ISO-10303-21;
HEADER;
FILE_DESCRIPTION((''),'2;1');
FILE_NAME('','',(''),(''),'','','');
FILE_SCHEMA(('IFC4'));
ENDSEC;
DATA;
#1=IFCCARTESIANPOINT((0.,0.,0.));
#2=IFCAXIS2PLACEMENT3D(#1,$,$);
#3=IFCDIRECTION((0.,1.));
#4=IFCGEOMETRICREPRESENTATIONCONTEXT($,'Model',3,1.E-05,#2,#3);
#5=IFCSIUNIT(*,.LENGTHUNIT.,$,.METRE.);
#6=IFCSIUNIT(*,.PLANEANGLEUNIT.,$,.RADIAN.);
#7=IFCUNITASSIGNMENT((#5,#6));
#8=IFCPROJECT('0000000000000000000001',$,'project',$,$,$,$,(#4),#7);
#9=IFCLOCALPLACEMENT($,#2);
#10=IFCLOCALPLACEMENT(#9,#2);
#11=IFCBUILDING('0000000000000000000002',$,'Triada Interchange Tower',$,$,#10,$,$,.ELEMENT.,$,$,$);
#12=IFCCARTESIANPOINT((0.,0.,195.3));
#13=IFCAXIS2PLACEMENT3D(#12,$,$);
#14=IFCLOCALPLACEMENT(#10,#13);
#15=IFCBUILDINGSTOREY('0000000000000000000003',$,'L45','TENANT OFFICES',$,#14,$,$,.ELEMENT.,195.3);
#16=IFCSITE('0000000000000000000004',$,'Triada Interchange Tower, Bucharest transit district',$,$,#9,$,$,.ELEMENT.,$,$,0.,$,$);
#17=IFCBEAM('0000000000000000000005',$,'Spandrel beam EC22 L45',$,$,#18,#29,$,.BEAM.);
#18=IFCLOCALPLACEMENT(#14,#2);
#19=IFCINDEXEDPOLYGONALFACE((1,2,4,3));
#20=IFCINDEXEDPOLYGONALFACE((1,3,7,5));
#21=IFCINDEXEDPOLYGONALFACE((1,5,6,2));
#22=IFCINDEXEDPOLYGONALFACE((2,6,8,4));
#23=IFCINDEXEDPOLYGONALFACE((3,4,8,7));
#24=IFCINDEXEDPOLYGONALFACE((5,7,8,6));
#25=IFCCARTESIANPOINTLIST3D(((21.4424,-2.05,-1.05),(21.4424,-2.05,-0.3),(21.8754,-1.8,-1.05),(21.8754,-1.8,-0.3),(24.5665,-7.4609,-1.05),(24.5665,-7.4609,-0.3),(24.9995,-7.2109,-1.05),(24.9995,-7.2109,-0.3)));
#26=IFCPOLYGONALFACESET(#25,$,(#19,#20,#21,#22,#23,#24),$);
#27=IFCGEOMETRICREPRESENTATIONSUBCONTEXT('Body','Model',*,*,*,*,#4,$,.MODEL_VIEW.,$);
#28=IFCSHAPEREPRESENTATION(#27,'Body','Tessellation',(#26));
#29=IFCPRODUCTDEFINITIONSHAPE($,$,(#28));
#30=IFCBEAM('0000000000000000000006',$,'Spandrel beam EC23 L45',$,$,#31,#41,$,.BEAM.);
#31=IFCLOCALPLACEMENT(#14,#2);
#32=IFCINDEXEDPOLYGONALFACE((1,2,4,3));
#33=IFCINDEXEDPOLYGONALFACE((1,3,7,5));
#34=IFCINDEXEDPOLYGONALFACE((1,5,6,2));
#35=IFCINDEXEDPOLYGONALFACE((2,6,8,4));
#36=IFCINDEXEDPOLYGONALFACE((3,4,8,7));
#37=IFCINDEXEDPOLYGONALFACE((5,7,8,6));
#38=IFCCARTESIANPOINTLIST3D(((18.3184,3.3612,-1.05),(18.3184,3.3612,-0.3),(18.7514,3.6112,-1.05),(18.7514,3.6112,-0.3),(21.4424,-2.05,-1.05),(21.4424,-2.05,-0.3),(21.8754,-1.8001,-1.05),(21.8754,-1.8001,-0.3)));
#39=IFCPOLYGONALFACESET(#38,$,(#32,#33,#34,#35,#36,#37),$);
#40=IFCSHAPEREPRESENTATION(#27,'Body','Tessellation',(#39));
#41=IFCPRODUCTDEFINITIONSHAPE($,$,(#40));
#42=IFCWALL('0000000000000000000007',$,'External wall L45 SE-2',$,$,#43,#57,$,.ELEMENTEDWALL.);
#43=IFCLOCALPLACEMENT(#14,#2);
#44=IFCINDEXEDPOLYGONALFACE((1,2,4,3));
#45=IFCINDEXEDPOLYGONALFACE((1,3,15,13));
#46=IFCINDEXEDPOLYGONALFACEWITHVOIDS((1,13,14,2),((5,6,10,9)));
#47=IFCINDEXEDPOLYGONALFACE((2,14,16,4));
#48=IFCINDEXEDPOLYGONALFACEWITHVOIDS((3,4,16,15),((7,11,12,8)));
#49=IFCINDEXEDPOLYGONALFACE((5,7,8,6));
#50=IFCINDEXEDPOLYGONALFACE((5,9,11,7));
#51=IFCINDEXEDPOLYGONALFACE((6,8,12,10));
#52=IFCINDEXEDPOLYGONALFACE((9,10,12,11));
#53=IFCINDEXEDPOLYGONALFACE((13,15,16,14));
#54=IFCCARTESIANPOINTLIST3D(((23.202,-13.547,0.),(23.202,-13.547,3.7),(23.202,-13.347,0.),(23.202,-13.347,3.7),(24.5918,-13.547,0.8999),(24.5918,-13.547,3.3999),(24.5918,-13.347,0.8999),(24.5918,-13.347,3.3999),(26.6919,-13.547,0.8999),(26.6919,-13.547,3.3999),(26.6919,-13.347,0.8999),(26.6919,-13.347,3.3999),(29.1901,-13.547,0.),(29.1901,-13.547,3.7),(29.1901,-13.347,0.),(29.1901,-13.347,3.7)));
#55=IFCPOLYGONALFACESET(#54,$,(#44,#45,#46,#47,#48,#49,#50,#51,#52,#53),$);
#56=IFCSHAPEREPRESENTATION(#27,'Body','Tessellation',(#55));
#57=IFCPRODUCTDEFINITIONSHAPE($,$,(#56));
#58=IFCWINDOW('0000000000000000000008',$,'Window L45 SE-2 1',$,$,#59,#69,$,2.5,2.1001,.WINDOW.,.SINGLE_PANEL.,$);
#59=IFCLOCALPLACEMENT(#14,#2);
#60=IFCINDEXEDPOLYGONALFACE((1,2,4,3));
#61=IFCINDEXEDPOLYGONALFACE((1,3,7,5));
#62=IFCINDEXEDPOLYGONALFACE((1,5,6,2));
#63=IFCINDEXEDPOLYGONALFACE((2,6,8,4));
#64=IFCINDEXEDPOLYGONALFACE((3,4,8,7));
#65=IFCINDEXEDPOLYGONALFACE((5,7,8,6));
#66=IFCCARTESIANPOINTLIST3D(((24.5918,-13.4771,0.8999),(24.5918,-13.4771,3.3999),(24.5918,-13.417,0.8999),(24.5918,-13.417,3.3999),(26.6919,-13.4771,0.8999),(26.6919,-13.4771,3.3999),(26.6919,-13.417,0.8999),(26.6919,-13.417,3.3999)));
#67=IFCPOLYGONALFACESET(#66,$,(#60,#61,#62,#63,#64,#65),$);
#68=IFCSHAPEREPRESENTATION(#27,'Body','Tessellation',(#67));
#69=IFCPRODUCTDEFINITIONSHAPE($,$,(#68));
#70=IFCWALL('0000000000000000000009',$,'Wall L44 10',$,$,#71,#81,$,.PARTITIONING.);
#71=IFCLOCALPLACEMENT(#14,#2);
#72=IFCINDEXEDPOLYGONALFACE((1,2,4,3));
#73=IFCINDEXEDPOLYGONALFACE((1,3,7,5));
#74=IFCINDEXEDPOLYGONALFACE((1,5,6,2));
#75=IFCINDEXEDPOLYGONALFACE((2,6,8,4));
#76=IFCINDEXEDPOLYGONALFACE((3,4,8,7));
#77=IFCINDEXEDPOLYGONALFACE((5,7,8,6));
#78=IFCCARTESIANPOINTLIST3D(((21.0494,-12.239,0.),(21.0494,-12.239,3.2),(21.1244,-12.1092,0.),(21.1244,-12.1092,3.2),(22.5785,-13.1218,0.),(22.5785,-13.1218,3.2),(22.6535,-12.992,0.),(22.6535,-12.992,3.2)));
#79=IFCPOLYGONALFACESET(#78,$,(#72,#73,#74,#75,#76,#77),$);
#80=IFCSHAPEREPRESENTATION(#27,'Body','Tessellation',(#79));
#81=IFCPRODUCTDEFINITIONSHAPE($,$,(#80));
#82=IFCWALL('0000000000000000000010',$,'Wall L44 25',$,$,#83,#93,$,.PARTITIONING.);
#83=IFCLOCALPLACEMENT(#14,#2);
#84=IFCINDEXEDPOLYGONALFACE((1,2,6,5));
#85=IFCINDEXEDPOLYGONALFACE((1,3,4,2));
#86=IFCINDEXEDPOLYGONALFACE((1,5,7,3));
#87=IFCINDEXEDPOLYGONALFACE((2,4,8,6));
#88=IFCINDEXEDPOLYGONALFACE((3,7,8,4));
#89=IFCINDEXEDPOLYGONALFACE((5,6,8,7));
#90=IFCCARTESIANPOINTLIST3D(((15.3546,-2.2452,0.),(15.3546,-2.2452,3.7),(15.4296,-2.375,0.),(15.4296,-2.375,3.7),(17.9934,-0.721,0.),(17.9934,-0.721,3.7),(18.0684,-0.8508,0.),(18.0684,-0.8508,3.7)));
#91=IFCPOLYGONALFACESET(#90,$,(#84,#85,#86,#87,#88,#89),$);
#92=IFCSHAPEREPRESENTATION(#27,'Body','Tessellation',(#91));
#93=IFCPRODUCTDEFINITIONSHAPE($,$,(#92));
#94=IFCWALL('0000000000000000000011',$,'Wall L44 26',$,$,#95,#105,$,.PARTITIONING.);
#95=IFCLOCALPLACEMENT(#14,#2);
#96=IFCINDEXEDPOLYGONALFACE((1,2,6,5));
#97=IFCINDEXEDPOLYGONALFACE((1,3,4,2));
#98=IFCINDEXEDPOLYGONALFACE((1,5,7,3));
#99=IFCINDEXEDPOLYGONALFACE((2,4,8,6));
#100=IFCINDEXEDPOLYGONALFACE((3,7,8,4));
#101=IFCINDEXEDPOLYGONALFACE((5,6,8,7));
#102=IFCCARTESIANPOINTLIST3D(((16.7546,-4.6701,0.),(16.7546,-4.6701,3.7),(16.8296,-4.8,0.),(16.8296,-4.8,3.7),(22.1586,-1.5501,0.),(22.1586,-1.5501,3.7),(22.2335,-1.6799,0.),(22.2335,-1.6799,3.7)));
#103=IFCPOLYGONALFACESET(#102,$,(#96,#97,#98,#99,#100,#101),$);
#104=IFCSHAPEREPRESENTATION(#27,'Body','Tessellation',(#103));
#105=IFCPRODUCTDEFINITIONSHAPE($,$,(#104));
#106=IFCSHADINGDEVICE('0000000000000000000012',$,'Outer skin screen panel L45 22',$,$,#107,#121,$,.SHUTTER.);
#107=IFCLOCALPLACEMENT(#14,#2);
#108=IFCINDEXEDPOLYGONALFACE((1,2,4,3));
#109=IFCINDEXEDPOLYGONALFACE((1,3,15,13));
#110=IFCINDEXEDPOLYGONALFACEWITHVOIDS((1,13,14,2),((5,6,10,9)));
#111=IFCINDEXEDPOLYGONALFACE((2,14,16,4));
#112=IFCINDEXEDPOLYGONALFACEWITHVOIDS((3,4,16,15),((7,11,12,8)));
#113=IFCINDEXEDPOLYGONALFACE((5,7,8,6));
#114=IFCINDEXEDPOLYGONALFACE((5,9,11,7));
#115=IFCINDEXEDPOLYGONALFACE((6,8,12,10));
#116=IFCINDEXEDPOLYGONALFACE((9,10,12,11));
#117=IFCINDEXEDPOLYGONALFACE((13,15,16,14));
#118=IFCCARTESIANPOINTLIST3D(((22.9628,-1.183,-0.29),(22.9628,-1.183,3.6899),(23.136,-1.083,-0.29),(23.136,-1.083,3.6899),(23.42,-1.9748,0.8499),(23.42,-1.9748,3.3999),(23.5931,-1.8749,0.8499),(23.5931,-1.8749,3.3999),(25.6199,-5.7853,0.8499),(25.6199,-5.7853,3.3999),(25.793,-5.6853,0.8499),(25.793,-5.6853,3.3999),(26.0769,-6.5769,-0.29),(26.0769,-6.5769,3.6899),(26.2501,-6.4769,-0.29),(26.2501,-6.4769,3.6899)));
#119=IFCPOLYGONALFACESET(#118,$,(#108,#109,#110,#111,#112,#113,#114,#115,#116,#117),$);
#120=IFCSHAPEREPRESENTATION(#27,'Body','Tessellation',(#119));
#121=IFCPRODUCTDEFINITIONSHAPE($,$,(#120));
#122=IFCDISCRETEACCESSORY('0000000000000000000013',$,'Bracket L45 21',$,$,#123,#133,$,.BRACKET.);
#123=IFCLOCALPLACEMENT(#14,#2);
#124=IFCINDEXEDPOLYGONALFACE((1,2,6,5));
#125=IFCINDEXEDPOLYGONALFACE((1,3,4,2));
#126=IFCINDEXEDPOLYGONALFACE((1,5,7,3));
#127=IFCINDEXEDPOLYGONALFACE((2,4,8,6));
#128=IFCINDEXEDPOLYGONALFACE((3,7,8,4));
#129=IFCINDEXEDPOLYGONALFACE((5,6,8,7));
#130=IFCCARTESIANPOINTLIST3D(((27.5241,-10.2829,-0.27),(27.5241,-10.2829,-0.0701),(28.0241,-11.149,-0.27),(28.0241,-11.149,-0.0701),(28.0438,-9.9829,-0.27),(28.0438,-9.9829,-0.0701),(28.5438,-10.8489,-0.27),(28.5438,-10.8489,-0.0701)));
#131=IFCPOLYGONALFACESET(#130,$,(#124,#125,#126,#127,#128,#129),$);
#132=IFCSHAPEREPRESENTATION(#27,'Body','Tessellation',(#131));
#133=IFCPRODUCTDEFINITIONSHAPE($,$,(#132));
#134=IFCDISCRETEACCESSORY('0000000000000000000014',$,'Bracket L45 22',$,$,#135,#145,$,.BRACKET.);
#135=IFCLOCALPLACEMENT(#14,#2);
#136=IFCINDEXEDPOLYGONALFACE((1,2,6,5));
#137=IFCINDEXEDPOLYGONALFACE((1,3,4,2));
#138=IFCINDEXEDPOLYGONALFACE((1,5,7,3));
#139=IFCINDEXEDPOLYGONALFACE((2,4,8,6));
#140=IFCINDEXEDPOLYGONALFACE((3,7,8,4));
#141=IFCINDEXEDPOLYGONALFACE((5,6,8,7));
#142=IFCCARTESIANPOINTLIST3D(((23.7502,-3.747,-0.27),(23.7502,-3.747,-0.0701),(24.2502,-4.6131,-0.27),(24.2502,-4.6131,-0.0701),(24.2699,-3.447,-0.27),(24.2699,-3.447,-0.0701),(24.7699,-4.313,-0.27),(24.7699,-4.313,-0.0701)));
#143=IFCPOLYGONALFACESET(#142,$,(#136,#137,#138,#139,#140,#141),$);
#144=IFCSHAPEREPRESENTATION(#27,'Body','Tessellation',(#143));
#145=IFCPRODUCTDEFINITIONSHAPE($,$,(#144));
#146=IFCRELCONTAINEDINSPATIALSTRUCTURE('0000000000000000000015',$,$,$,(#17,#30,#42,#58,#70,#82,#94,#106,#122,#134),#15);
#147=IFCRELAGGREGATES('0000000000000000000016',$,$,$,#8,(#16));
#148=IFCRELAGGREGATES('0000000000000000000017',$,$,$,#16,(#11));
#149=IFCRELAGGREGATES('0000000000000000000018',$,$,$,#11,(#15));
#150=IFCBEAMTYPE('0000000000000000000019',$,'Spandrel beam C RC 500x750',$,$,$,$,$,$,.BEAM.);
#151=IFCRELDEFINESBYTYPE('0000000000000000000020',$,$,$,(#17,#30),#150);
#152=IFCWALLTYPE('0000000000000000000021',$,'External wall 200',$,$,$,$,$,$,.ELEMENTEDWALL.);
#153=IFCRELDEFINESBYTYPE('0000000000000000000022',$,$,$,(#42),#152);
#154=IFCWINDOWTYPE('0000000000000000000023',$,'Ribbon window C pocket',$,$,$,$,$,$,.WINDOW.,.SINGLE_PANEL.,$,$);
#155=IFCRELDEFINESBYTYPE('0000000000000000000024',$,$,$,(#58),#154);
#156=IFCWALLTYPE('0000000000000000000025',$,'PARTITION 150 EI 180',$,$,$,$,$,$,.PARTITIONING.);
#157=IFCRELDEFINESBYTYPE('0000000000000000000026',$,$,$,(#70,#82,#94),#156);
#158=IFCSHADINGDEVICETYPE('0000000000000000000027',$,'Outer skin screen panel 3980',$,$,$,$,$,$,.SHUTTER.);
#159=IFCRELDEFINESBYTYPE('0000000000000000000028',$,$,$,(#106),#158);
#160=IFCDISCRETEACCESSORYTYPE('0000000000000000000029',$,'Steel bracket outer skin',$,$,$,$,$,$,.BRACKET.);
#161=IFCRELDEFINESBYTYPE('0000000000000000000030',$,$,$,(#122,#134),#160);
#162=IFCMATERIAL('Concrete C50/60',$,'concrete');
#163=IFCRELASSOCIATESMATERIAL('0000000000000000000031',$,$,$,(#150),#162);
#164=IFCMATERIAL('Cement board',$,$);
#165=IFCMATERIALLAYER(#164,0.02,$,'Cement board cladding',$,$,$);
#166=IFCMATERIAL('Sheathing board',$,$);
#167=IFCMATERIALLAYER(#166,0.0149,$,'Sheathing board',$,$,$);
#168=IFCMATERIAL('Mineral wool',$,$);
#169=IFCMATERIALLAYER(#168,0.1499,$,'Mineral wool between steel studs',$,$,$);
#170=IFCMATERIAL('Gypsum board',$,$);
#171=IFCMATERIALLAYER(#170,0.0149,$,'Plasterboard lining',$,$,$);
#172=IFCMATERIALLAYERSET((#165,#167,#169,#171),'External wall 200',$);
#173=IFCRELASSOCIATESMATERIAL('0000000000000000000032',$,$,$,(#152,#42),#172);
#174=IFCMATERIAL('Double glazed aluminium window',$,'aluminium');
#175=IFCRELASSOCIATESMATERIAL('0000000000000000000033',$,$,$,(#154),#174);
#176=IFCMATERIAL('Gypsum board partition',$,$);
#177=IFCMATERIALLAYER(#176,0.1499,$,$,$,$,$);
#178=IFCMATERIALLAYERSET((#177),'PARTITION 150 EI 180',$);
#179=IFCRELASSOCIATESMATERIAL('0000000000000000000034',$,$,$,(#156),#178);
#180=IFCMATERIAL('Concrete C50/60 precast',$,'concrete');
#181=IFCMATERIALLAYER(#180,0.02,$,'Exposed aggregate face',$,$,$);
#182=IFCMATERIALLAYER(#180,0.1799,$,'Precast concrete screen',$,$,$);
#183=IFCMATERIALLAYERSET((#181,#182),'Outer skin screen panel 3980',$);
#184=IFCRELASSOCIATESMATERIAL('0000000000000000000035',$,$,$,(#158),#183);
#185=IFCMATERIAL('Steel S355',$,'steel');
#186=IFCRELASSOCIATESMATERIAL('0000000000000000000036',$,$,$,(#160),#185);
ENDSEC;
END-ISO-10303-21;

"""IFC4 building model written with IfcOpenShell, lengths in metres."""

from ifc_helpers import new_model, si_unit, direction, frame, frame_2d, origin, origin_2d, place, context, subcontext, project, spatial, polyline, rectangle, outline, extrude, material, layer, layer_set, layer_usage, material_profile, profile_set, type_object, element, fill, save


model = new_model("IFC4")

# Units and contexts
model_context = context("Model", 3, precision=1e-05, world=origin(), true_north=direction((0.0, 1.0)))
body_context = subcontext(model_context, "Body", "Model", "MODEL_VIEW")
ifc_project = project(units=[si_unit("LENGTHUNIT", "METRE"), si_unit("PLANEANGLEUNIT", "RADIAN")], contexts=[model_context])

# Site, building, storey
site_placement = place(None, origin())
site = spatial("IfcSite", under=ifc_project, at=site_placement, Name="Triada Interchange Tower, Bucharest transit district", CompositionType="ELEMENT", RefElevation=0.0)
building_placement = place(site_placement, origin())
building = spatial("IfcBuilding", under=site, at=building_placement, Name="Triada Interchange Tower", CompositionType="ELEMENT")
storey_placement = place(building_placement, frame((0.0, 0.0, 195.3)))
storey = spatial("IfcBuildingStorey", under=building, at=storey_placement, Name="L45", Description="TENANT OFFICES", CompositionType="ELEMENT", Elevation=195.3)

# Shared definitions
ifc_material_1 = material(Name="Concrete C50/60", Category="concrete")

# Beams
ifc_material_profile_1 = material_profile(ifc_material_1, rectangle(XDim=0.5, YDim=0.75, at=origin_2d()), Name="RC 500x750")
ifc_profile_set_1 = profile_set([ifc_material_profile_1], Name="Concrete C50/60")
beam_type_1 = type_object("IfcBeamType", Name="Spandrel beam C RC 500x750", PredefinedType="BEAM", material=ifc_profile_set_1)
beam_1_placement = place(storey_placement, frame((24.783, -7.3359, -0.675), z_axis=(-0.500005, 0.866022, 0.0), x_axis=(-0.866022, -0.500005, 0.0)))
element("IfcBeam", 1, at=beam_1_placement, inside=storey, type_object=beam_type_1, Name="Spandrel beam EC22 L45", PredefinedType="BEAM", context=body_context, shape_type="SweptSolid", body=[
    extrude(rectangle(XDim=0.5, YDim=0.75, at=origin_2d()), origin(), (0.0, 0.0, 1.0), 6.248),
])
beam_2_placement = place(storey_placement, frame((21.6589, -1.925, -0.675), z_axis=(-0.499989, 0.866032, 0.0), x_axis=(-0.866032, -0.499989, 0.0)))
element("IfcBeam", 2, at=beam_2_placement, inside=storey, type_object=beam_type_1, Name="Spandrel beam EC23 L45", PredefinedType="BEAM", context=body_context, shape_type="SweptSolid", body=[
    extrude(rectangle(XDim=0.5, YDim=0.75, at=origin_2d()), origin(), (0.0, 0.0, 1.0), 6.2483),
])

# Wall, opening, window
ifc_material_2 = material(Name="Cement board")
ifc_layer_1 = layer(ifc_material_2, 0.02, Name="Cement board cladding")
ifc_material_3 = material(Name="Sheathing board")
ifc_layer_2 = layer(ifc_material_3, 0.0149, Name="Sheathing board")
ifc_material_4 = material(Name="Mineral wool")
ifc_layer_3 = layer(ifc_material_4, 0.1499, Name="Mineral wool between steel studs")
ifc_material_5 = material(Name="Gypsum board")
ifc_layer_4 = layer(ifc_material_5, 0.0149, Name="Plasterboard lining")
ifc_layer_set_1 = layer_set([ifc_layer_1, ifc_layer_2, ifc_layer_3, ifc_layer_4], Name="External wall 200")
ifc_layer_usage = layer_usage(ifc_layer_set_1, "AXIS2", "POSITIVE", -0.1001)
wall_type_1 = type_object("IfcWallType", Name="External wall 200", PredefinedType="ELEMENTEDWALL", material=ifc_layer_set_1)
wall_1_placement = place(storey_placement, frame((23.2019, -13.447, 0.0), z_axis=(0.0, 0.0, 1.0), x_axis=(1.0, 0.0, 0.0)))
wall_1 = element("IfcWall", 3, at=wall_1_placement, inside=storey, type_object=wall_type_1, material=ifc_layer_usage, Name="External wall L45 SE-2", PredefinedType="ELEMENTEDWALL", context=body_context, shape_type="SweptSolid", body=[
    extrude(rectangle(XDim=5.988, YDim=0.2, at=frame_2d((2.9941, 0.0))), origin(), (0.0, 0.0, 1.0), 3.7),
])
opening_placement = place(wall_1_placement, frame((1.3899, 0.0, 0.8999)))
opening = element("IfcOpeningElement", 4, at=opening_placement, cuts=wall_1, PredefinedType="OPENING", context=body_context, shape_type="SweptSolid", body=[
    extrude(rectangle(XDim=2.1001, YDim=2.5, at=frame_2d((1.05, 1.25))), frame((0.0, 0.1099, 0.0), z_axis=(0.0, -1.0, 0.0), x_axis=(1.0, 0.0, 0.0)), (0.0, 0.0, 1.0), 0.22),
])
ifc_material_6 = material(Name="Double glazed aluminium window", Category="aluminium")
window_type = type_object("IfcWindowType", Name="Ribbon window C pocket", PartitioningType="SINGLE_PANEL", PredefinedType="WINDOW", material=ifc_material_6)
window_placement = place(opening_placement, origin())
window = element("IfcWindow", 5, at=window_placement, inside=storey, type_object=window_type, Name="Window L45 SE-2 1", OverallHeight=2.5, OverallWidth=2.1001, PartitioningType="SINGLE_PANEL", PredefinedType="WINDOW", context=body_context, shape_type="SweptSolid", body=[
    extrude(rectangle(XDim=2.1001, YDim=2.5, at=frame_2d((1.05, 1.25))), frame((0.0, 0.03, 0.0), z_axis=(0.0, -1.0, 0.0), x_axis=(1.0, 0.0, 0.0)), (0.0, 0.0, 1.0), 0.0601),
])
fill(opening, window)

# Walls
ifc_material_7 = material(Name="Gypsum board partition")
ifc_layer_5 = layer(ifc_material_7, 0.1499)
ifc_layer_set_2 = layer_set([ifc_layer_5], Name="PARTITION 150 EI 180")
wall_type_2 = type_object("IfcWallType", Name="PARTITION 150 EI 180", PredefinedType="PARTITIONING", material=ifc_layer_set_2)
wall_2_placement = place(storey_placement, frame((21.0869, -12.1741, 0.0), z_axis=(0.0, 0.0, 1.0), x_axis=(0.866022, -0.500006, 0.0)))
element("IfcWall", 6, at=wall_2_placement, inside=storey, type_object=wall_type_2, Name="Wall L44 10", PredefinedType="PARTITIONING", context=body_context, shape_type="SweptSolid", body=[
    extrude(rectangle(XDim=1.7656, YDim=0.1499, at=frame_2d((0.8828, 0.0))), origin(), (0.0, 0.0, 1.0), 3.2),
])
wall_3_placement = place(storey_placement, frame((15.3921, -2.3101, 0.0), z_axis=(0.0, 0.0, 1.0), x_axis=(0.865941, 0.500145, 0.0)))
element("IfcWall", 7, at=wall_3_placement, inside=storey, type_object=wall_type_2, Name="Wall L44 25", PredefinedType="PARTITIONING", context=body_context, shape_type="SweptSolid", body=[
    extrude(rectangle(XDim=3.0474, YDim=0.1499, at=frame_2d((1.5237, 0.0))), origin(), (0.0, 0.0, 1.0), 3.7),
])
wall_4_placement = place(storey_placement, frame((16.792, -4.7351, 0.0), z_axis=(0.0, 0.0, 1.0), x_axis=(0.866019, 0.50001, 0.0)))
element("IfcWall", 8, at=wall_4_placement, inside=storey, type_object=wall_type_2, Name="Wall L44 26", PredefinedType="PARTITIONING", context=body_context, shape_type="SweptSolid", body=[
    extrude(rectangle(XDim=6.24, YDim=0.1499, at=frame_2d((3.1201, 0.0))), origin(), (0.0, 0.0, 1.0), 3.7),
])

# Shading device
ifc_material_8 = material(Name="Concrete C50/60 precast", Category="concrete")
ifc_layer_6 = layer(ifc_material_8, 0.02, Name="Exposed aggregate face")
ifc_layer_7 = layer(ifc_material_8, 0.1799, Name="Precast concrete screen")
ifc_layer_set_3 = layer_set([ifc_layer_6, ifc_layer_7], Name="Outer skin screen panel 3980")
shading_device_type = type_object("IfcShadingDeviceType", Name="Outer skin screen panel 3980", PredefinedType="SHUTTER", material=ifc_layer_set_3)
shading_device_placement = place(storey_placement, frame((26.0769, -6.5769, -0.29), z_axis=(0.0, 0.0, 1.0), x_axis=(-0.499988, 0.866032, 0.0)))
element("IfcShadingDevice", 9, at=shading_device_placement, inside=storey, type_object=shading_device_type, Name="Outer skin screen panel L45 22", PredefinedType="SHUTTER", context=body_context, shape_type="SweptSolid", body=[
    extrude(outline(polyline([(0.0, 0.0), (6.2283, 0.0), (6.2283, 3.98), (0.0, 3.98), (0.0, 0.0)]), holes=[polyline([(0.9141, 1.1399), (0.9141, 3.6899), (5.314, 3.6899), (5.314, 1.1399), (0.9141, 1.1399)])]), frame((0.0, 0.0, 0.0), z_axis=(0.0, -1.0, 0.0), x_axis=(1.0, 0.0, 0.0)), (0.0, 0.0, 1.0), 0.2),
])

# Discrete accessories
ifc_material_9 = material(Name="Steel S355", Category="steel")
discrete_accessory_type = type_object("IfcDiscreteAccessoryType", Name="Steel bracket outer skin", PredefinedType="BRACKET", material=ifc_material_9)
for number, where, z_axis, x_axis, name in (
    (10, (28.0339, -10.5659, -0.27), (0.0, 0.0, 1.0), (0.866023, 0.500003, 0.0), "Bracket L45 21"),
    (11, (24.26, -4.03, -0.27), (0.0, 0.0, 1.0), (0.866023, 0.500003, 0.0), "Bracket L45 22"),
):
    element("IfcDiscreteAccessory", number, at=place(storey_placement, frame(where, z_axis=z_axis, x_axis=x_axis)), inside=storey, type_object=discrete_accessory_type, Name=name, PredefinedType="BRACKET", context=body_context, shape_type="SweptSolid", body=[
        extrude(rectangle(XDim=0.6001, YDim=1.0, at=origin_2d()), origin(), (0.0, 0.0, 1.0), 0.2),
    ])

save(model, "model.ifc")
